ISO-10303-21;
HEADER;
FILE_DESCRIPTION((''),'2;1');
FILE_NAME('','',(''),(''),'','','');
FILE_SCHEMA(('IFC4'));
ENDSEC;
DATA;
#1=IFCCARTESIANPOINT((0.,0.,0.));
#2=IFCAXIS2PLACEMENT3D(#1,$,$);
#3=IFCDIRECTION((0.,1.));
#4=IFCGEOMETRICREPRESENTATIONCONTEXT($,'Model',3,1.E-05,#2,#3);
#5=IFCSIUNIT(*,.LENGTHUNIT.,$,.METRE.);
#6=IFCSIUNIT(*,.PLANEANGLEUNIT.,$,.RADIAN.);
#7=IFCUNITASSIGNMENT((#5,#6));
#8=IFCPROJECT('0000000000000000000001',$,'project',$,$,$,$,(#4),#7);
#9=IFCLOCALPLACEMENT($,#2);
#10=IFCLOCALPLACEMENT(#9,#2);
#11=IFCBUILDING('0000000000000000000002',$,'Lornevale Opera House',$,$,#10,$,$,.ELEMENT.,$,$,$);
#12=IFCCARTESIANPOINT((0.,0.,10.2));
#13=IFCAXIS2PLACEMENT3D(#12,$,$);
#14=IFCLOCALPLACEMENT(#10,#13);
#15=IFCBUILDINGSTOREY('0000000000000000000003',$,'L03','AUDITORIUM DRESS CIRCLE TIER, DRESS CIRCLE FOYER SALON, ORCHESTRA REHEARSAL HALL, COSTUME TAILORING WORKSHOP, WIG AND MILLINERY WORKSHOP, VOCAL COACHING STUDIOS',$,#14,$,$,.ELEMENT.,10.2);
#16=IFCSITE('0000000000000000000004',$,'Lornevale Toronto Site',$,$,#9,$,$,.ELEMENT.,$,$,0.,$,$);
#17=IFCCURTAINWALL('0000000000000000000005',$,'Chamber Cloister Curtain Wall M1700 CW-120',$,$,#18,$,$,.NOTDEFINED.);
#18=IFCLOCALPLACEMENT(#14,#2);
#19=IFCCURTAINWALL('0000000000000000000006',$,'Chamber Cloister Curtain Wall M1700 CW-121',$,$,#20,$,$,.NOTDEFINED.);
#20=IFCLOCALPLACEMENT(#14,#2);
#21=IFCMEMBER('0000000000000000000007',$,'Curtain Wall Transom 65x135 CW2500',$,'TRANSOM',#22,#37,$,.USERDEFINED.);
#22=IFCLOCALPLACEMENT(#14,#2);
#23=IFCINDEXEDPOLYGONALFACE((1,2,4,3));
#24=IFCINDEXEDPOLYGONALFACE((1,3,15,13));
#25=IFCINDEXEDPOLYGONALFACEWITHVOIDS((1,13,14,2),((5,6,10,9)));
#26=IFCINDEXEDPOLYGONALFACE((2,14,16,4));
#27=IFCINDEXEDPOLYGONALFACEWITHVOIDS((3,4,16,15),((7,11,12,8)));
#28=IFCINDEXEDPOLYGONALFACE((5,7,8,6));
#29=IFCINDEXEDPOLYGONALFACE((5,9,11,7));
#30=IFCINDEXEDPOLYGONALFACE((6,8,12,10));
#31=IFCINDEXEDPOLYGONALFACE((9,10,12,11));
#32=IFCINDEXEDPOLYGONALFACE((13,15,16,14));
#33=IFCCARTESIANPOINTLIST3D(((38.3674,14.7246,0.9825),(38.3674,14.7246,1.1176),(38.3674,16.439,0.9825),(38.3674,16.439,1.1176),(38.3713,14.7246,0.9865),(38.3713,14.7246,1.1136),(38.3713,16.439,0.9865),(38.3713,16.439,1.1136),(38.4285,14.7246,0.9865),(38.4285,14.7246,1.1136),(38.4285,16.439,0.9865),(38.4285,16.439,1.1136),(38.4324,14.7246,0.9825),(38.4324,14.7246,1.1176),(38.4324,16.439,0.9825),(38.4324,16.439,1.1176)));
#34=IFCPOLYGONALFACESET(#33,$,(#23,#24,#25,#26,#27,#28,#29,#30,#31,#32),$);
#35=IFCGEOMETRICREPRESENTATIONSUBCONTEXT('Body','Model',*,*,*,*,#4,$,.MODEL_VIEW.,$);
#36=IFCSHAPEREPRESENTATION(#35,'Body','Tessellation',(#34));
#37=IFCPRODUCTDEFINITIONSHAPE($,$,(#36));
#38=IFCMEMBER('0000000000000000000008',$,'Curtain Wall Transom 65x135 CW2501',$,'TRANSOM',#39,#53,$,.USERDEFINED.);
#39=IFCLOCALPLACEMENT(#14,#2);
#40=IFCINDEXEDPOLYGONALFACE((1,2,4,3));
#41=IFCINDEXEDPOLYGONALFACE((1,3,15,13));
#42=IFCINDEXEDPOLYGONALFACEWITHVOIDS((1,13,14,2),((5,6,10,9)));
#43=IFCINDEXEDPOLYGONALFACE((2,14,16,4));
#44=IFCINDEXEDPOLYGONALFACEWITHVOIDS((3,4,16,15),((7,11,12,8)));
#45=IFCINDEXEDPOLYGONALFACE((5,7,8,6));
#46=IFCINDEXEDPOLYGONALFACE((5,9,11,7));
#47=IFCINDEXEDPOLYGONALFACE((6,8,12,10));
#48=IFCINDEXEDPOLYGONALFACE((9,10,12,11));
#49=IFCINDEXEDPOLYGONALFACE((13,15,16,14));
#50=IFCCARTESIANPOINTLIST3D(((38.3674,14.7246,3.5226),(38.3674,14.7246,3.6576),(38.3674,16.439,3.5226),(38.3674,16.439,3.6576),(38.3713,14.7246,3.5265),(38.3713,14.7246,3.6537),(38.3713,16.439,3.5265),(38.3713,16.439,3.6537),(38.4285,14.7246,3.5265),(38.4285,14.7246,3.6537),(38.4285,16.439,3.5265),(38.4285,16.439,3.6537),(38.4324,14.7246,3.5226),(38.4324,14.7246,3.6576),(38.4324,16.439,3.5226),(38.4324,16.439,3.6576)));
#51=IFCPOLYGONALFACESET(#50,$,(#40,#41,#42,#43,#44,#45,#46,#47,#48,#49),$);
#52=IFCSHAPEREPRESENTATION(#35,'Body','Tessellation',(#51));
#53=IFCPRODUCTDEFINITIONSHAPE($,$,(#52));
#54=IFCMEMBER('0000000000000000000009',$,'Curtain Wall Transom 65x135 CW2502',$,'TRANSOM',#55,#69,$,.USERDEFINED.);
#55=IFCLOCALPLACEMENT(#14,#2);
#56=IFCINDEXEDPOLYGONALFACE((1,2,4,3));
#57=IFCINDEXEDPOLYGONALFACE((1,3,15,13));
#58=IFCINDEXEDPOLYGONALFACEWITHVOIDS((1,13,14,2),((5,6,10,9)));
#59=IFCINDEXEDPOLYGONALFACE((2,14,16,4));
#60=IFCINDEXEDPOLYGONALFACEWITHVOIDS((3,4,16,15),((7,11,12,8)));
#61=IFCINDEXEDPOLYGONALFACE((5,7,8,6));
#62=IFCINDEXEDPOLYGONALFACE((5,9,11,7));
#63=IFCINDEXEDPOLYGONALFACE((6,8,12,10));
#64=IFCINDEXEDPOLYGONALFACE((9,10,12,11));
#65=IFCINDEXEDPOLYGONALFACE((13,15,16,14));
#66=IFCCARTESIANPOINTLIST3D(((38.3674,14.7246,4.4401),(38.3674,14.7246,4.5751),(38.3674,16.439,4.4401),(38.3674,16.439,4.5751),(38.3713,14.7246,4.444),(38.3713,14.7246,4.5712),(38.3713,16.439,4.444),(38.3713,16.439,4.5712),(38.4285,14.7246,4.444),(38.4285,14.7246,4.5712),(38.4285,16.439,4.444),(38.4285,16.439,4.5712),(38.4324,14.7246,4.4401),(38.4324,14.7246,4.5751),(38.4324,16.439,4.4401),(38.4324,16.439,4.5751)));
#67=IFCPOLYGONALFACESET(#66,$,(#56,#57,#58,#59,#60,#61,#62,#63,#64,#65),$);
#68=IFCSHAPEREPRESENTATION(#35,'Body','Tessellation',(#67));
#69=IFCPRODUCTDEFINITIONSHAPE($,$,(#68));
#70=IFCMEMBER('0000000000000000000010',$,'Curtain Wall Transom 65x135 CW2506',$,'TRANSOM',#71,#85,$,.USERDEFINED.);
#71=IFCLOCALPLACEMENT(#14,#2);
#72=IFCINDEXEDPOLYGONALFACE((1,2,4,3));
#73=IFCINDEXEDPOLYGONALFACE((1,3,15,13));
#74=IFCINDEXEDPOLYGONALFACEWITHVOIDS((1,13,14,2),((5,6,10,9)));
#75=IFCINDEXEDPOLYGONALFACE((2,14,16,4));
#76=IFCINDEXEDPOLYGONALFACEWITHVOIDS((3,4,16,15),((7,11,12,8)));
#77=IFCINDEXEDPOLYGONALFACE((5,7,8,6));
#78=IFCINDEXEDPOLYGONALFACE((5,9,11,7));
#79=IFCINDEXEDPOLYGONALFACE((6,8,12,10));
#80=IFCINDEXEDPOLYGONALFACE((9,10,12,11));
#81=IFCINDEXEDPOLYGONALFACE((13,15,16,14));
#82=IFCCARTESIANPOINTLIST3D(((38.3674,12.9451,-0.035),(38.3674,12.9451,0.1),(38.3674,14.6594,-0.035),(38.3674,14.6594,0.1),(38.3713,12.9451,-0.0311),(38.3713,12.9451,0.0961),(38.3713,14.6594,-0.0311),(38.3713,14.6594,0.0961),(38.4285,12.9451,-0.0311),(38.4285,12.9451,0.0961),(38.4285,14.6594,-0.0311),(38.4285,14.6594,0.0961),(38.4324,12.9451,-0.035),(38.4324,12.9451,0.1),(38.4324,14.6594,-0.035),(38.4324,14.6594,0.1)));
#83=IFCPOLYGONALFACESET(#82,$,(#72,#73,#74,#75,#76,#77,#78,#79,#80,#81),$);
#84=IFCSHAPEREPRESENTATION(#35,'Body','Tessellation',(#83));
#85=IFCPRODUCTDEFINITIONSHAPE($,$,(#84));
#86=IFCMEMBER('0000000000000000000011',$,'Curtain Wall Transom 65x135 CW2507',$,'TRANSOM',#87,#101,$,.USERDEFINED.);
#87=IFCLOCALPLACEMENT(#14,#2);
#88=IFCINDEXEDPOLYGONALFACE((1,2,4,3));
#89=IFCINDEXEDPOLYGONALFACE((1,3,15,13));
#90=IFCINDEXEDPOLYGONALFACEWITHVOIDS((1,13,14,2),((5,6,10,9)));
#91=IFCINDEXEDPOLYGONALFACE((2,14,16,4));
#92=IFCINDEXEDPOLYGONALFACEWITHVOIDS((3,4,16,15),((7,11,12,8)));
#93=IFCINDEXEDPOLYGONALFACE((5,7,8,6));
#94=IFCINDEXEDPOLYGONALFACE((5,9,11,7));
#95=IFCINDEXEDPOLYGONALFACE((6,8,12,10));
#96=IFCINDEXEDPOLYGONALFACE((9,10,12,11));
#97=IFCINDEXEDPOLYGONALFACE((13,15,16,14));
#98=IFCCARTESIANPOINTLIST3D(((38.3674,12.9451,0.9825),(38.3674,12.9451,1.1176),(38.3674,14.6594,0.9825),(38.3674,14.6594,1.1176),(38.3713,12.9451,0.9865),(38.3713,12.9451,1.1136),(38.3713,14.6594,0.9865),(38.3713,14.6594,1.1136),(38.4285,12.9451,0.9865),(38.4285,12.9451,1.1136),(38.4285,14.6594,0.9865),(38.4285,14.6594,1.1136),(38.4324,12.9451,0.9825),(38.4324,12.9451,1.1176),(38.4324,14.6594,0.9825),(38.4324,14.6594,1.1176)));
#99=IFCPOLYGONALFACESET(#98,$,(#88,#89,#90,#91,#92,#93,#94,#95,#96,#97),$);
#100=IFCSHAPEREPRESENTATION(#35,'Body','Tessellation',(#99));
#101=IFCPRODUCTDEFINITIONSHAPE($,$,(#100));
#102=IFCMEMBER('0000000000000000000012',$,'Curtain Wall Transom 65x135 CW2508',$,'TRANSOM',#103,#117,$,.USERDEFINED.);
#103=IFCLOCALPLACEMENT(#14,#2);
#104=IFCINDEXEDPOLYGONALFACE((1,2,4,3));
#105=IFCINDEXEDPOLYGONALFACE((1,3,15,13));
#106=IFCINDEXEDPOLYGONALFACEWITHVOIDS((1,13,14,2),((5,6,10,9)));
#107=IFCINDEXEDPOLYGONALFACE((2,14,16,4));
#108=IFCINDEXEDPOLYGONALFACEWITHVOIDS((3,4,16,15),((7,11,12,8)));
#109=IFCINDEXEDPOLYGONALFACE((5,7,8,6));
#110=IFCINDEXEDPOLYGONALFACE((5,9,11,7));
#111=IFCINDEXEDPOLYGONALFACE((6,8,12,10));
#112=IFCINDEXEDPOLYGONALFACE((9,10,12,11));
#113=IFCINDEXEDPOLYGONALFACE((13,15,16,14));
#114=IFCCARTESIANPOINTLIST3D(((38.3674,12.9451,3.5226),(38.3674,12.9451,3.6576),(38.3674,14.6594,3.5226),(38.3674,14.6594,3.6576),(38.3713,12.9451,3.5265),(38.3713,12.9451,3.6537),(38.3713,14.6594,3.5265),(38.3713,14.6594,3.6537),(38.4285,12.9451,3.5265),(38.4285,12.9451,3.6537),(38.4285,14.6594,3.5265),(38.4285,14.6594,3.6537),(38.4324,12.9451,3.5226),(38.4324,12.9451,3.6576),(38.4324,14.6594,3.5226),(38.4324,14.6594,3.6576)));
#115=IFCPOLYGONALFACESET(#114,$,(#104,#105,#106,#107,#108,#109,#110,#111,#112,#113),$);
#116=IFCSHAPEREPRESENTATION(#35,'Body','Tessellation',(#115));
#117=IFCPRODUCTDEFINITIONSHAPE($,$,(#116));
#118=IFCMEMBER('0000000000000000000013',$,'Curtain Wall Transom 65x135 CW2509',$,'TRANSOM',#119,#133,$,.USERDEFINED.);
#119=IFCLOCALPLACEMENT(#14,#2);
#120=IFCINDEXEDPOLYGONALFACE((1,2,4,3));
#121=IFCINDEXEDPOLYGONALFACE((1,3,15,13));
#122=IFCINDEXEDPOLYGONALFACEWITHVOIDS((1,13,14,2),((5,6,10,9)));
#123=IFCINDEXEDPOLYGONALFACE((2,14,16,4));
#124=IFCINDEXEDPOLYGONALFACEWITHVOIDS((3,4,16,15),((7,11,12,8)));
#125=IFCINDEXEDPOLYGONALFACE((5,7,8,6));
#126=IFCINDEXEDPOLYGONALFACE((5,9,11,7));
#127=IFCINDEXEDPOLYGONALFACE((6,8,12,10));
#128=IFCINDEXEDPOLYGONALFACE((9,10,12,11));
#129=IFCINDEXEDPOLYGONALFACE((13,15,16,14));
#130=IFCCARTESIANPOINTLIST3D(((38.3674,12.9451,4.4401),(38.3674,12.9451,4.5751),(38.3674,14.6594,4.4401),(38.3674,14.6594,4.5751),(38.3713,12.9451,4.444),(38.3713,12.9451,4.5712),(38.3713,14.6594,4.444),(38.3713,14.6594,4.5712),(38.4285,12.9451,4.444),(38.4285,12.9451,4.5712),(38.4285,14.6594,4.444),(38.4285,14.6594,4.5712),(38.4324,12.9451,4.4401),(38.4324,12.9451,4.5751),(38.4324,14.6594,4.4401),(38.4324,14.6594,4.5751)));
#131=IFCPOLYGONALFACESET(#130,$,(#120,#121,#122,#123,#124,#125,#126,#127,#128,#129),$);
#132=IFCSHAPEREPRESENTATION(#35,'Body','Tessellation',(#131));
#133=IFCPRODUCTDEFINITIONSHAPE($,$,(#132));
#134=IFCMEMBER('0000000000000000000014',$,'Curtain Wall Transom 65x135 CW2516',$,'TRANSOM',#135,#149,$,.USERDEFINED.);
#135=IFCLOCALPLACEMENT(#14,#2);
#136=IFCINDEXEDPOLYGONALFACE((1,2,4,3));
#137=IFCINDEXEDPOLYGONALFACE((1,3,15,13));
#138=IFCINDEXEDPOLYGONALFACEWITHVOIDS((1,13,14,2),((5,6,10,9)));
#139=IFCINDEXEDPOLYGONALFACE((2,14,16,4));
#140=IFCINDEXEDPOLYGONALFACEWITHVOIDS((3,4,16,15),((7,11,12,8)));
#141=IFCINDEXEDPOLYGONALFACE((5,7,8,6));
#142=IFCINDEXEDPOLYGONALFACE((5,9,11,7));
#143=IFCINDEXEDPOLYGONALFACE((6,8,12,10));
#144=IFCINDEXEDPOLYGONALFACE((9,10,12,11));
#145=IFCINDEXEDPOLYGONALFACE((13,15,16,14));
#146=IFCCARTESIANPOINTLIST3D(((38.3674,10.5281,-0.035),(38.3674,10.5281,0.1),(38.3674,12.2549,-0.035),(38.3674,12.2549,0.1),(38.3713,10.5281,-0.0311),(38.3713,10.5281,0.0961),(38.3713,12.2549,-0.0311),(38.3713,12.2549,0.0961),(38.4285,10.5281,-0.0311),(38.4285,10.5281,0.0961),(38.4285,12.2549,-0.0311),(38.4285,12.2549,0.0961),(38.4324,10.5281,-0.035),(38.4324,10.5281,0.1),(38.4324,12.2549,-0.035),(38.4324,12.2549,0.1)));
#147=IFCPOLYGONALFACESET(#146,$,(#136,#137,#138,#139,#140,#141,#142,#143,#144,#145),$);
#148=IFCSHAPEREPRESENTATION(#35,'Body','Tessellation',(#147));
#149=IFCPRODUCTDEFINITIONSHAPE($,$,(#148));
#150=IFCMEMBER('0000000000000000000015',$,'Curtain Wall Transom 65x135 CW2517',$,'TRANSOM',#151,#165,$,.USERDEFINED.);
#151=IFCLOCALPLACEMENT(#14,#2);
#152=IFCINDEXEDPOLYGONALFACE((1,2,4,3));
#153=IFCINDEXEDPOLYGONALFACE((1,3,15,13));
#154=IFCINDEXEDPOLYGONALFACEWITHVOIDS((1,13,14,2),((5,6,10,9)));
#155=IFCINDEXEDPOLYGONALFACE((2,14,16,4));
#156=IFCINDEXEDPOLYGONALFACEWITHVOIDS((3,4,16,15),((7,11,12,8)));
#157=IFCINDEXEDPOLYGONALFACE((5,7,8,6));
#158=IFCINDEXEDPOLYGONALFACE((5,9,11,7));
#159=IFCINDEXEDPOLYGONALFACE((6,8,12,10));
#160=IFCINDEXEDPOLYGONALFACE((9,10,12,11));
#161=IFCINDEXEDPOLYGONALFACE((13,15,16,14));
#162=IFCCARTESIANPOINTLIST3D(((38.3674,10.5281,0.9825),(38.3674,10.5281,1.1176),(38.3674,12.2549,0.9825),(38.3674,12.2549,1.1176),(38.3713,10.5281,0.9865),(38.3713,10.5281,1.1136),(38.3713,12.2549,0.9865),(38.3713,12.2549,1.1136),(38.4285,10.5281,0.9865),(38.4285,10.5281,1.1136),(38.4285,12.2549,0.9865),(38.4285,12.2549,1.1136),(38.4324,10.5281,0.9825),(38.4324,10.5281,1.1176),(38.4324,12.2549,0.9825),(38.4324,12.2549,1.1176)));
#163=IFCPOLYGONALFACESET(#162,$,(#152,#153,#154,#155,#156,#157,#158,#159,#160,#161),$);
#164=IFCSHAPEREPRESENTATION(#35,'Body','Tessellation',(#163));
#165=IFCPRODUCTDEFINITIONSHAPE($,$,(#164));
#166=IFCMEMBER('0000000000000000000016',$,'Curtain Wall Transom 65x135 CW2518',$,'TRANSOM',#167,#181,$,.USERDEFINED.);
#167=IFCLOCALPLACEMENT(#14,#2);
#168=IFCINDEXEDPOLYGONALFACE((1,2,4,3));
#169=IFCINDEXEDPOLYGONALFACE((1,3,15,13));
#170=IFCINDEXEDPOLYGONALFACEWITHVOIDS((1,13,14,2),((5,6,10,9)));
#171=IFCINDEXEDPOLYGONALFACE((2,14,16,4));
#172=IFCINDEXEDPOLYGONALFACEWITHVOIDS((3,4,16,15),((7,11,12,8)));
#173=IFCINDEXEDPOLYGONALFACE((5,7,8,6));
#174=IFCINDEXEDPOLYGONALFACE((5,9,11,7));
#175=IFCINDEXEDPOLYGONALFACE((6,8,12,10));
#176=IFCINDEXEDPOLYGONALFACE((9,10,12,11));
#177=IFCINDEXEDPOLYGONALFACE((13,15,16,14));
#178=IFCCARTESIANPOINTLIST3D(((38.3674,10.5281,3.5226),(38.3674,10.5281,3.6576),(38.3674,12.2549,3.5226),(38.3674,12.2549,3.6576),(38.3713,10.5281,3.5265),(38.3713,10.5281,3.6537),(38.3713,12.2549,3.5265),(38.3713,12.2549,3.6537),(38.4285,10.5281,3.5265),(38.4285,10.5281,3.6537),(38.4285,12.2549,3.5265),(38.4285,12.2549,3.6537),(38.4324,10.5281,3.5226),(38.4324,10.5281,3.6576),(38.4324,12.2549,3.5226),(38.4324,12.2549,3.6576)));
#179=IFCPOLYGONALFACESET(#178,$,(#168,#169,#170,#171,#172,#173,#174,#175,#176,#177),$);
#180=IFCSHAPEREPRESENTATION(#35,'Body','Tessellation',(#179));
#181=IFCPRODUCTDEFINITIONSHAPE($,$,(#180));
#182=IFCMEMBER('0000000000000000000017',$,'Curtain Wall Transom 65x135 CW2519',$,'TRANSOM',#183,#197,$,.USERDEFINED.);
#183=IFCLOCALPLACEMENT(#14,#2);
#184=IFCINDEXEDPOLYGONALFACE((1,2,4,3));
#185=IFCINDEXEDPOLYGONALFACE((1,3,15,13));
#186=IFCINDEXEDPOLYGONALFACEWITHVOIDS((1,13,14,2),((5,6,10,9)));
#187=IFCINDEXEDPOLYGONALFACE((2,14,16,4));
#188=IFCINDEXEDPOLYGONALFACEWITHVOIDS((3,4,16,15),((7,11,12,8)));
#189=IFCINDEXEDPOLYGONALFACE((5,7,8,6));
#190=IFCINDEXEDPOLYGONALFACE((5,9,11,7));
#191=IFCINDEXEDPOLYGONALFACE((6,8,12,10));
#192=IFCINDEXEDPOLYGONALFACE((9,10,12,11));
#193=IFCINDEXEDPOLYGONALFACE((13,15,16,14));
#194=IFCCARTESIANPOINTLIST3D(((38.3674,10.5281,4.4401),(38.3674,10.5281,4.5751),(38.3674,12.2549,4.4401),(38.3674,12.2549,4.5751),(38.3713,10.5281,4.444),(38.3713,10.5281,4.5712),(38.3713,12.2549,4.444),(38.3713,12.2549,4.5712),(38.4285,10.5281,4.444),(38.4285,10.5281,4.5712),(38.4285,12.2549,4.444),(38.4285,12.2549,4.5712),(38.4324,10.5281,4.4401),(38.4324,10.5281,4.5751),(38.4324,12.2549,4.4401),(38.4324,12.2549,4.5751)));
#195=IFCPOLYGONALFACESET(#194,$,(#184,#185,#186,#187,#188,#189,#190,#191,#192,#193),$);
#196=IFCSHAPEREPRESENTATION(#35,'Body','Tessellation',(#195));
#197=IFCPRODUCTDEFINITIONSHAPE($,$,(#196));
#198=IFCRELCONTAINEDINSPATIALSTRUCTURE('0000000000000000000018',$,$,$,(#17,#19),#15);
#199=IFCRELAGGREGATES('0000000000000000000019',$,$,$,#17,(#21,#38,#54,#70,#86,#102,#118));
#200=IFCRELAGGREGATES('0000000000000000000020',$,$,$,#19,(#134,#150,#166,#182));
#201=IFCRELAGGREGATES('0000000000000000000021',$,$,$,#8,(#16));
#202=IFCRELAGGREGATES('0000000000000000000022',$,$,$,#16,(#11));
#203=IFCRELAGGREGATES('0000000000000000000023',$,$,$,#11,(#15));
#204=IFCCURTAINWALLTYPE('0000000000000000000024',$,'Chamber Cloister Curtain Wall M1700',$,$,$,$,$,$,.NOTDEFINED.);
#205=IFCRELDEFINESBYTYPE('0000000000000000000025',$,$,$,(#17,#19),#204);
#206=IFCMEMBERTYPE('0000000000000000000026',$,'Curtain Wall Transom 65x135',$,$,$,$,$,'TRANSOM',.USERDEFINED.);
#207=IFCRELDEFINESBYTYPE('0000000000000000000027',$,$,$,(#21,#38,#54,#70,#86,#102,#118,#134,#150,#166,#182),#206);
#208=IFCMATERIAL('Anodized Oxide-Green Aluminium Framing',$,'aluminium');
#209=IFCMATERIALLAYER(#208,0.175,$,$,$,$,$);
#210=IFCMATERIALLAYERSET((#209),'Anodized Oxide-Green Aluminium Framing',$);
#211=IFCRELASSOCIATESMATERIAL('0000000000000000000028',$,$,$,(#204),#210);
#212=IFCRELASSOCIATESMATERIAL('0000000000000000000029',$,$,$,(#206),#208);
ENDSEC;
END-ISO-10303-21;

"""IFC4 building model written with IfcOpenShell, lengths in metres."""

from ifc_helpers import new_model, si_unit, direction, frame, origin, origin_2d, place, context, subcontext, project, spatial, hollow_rectangle, extrude, material, layer, layer_set, material_profile, profile_set, type_object, element, aggregate, save


model = new_model("IFC4")

# Units and contexts
model_context = context("Model", 3, precision=1e-05, world=origin(), true_north=direction((0.0, 1.0)))
body_context = subcontext(model_context, "Body", "Model", "MODEL_VIEW")
ifc_project = project(units=[si_unit("LENGTHUNIT", "METRE"), si_unit("PLANEANGLEUNIT", "RADIAN")], contexts=[model_context])

# Site, building, storey
site_placement = place(None, origin())
site = spatial("IfcSite", under=ifc_project, at=site_placement, Name="Lornevale Toronto Site", CompositionType="ELEMENT", RefElevation=0.0)
building_placement = place(site_placement, origin())
building = spatial("IfcBuilding", under=site, at=building_placement, Name="Lornevale Opera House", CompositionType="ELEMENT")
storey_placement = place(building_placement, frame((0.0, 0.0, 10.2)))
storey = spatial("IfcBuildingStorey", under=building, at=storey_placement, Name="L03", Description="AUDITORIUM DRESS CIRCLE TIER, DRESS CIRCLE FOYER SALON, ORCHESTRA REHEARSAL HALL, COSTUME TAILORING WORKSHOP, WIG AND MILLINERY WORKSHOP, VOCAL COACHING STUDIOS", CompositionType="ELEMENT", Elevation=10.2)

# Curtain walls
ifc_material_1 = material(Name="Anodized Oxide-Green Aluminium Framing", Category="aluminium")
ifc_layer_1 = layer(ifc_material_1, 0.175)
ifc_layer_set_1 = layer_set([ifc_layer_1], Name="Anodized Oxide-Green Aluminium Framing")
curtain_wall_type = type_object("IfcCurtainWallType", Name="Chamber Cloister Curtain Wall M1700", PredefinedType="NOTDEFINED", material=ifc_layer_set_1)
curtain_wall_1_placement = place(storey_placement, origin())
curtain_wall_1 = element("IfcCurtainWall", 1, at=curtain_wall_1_placement, inside=storey, type_object=curtain_wall_type, Name="Chamber Cloister Curtain Wall M1700 CW-120", PredefinedType="NOTDEFINED")
curtain_wall_2_placement = place(storey_placement, origin())
curtain_wall_2 = element("IfcCurtainWall", 2, at=curtain_wall_2_placement, inside=storey, type_object=curtain_wall_type, Name="Chamber Cloister Curtain Wall M1700 CW-121", PredefinedType="NOTDEFINED")

# Members
ifc_material_profile_1 = material_profile(ifc_material_1, hollow_rectangle(XDim=0.0649, YDim=0.135, WallThickness=0.0039, at=origin_2d()), Name="ALU65x135x4")
ifc_profile_set_1 = profile_set([ifc_material_profile_1], Name="Anodized Oxide-Green Aluminium Framing")
member_type_1 = type_object("IfcMemberType", Name="Curtain Wall Transom 65x135", ElementType="TRANSOM", PredefinedType="USERDEFINED", material=ifc_profile_set_1)
member_1_placement = place(storey_placement, frame((38.3999, 16.439, 1.05), z_axis=(0.0, -1.0, 0.0), x_axis=(1.0, 0.0, 0.0)))
member_1 = element("IfcMember", 3, at=member_1_placement, type_object=member_type_1, Name="Curtain Wall Transom 65x135 CW2500", ObjectType="TRANSOM", PredefinedType="USERDEFINED", context=body_context, shape_type="SweptSolid", body=[
    extrude(hollow_rectangle(XDim=0.0649, YDim=0.135, WallThickness=0.0039, at=origin_2d()), origin(), (0.0, 0.0, 1.0), 1.7144),
])
member_2_placement = place(storey_placement, frame((38.3999, 16.439, 3.5901), z_axis=(0.0, -1.0, 0.0), x_axis=(1.0, 0.0, 0.0)))
member_2 = element("IfcMember", 4, at=member_2_placement, type_object=member_type_1, Name="Curtain Wall Transom 65x135 CW2501", ObjectType="TRANSOM", PredefinedType="USERDEFINED", context=body_context, shape_type="SweptSolid", body=[
    extrude(hollow_rectangle(XDim=0.0649, YDim=0.135, WallThickness=0.0039, at=origin_2d()), origin(), (0.0, 0.0, 1.0), 1.7144),
])
member_3_placement = place(storey_placement, frame((38.3999, 16.439, 4.5076), z_axis=(0.0, -1.0, 0.0), x_axis=(1.0, 0.0, 0.0)))
member_3 = element("IfcMember", 5, at=member_3_placement, type_object=member_type_1, Name="Curtain Wall Transom 65x135 CW2502", ObjectType="TRANSOM", PredefinedType="USERDEFINED", context=body_context, shape_type="SweptSolid", body=[
    extrude(hollow_rectangle(XDim=0.0649, YDim=0.135, WallThickness=0.0039, at=origin_2d()), origin(), (0.0, 0.0, 1.0), 1.7144),
])
member_4_placement = place(storey_placement, frame((38.3999, 14.6594, 0.0325), z_axis=(0.0, -1.0, 0.0), x_axis=(1.0, 0.0, 0.0)))
member_4 = element("IfcMember", 6, at=member_4_placement, type_object=member_type_1, Name="Curtain Wall Transom 65x135 CW2506", ObjectType="TRANSOM", PredefinedType="USERDEFINED", context=body_context, shape_type="SweptSolid", body=[
    extrude(hollow_rectangle(XDim=0.0649, YDim=0.135, WallThickness=0.0039, at=origin_2d()), origin(), (0.0, 0.0, 1.0), 1.7144),
])
member_5_placement = place(storey_placement, frame((38.3999, 14.6594, 1.05), z_axis=(0.0, -1.0, 0.0), x_axis=(1.0, 0.0, 0.0)))
member_5 = element("IfcMember", 7, at=member_5_placement, type_object=member_type_1, Name="Curtain Wall Transom 65x135 CW2507", ObjectType="TRANSOM", PredefinedType="USERDEFINED", context=body_context, shape_type="SweptSolid", body=[
    extrude(hollow_rectangle(XDim=0.0649, YDim=0.135, WallThickness=0.0039, at=origin_2d()), origin(), (0.0, 0.0, 1.0), 1.7144),
])
member_6_placement = place(storey_placement, frame((38.3999, 14.6594, 3.5901), z_axis=(0.0, -1.0, 0.0), x_axis=(1.0, 0.0, 0.0)))
member_6 = element("IfcMember", 8, at=member_6_placement, type_object=member_type_1, Name="Curtain Wall Transom 65x135 CW2508", ObjectType="TRANSOM", PredefinedType="USERDEFINED", context=body_context, shape_type="SweptSolid", body=[
    extrude(hollow_rectangle(XDim=0.0649, YDim=0.135, WallThickness=0.0039, at=origin_2d()), origin(), (0.0, 0.0, 1.0), 1.7144),
])
member_7_placement = place(storey_placement, frame((38.3999, 14.6594, 4.5076), z_axis=(0.0, -1.0, 0.0), x_axis=(1.0, 0.0, 0.0)))
member_7 = element("IfcMember", 9, at=member_7_placement, type_object=member_type_1, Name="Curtain Wall Transom 65x135 CW2509", ObjectType="TRANSOM", PredefinedType="USERDEFINED", context=body_context, shape_type="SweptSolid", body=[
    extrude(hollow_rectangle(XDim=0.0649, YDim=0.135, WallThickness=0.0039, at=origin_2d()), origin(), (0.0, 0.0, 1.0), 1.7144),
])
member_8_placement = place(storey_placement, frame((38.3999, 12.2549, 0.0325), z_axis=(0.0, -1.0, 0.0), x_axis=(1.0, 0.0, 0.0)))
member_8 = element("IfcMember", 10, at=member_8_placement, type_object=member_type_1, Name="Curtain Wall Transom 65x135 CW2516", ObjectType="TRANSOM", PredefinedType="USERDEFINED", context=body_context, shape_type="SweptSolid", body=[
    extrude(hollow_rectangle(XDim=0.0649, YDim=0.135, WallThickness=0.0039, at=origin_2d()), origin(), (0.0, 0.0, 1.0), 1.7268),
])
member_9_placement = place(storey_placement, frame((38.3999, 12.2549, 1.05), z_axis=(0.0, -1.0, 0.0), x_axis=(1.0, 0.0, 0.0)))
member_9 = element("IfcMember", 11, at=member_9_placement, type_object=member_type_1, Name="Curtain Wall Transom 65x135 CW2517", ObjectType="TRANSOM", PredefinedType="USERDEFINED", context=body_context, shape_type="SweptSolid", body=[
    extrude(hollow_rectangle(XDim=0.0649, YDim=0.135, WallThickness=0.0039, at=origin_2d()), origin(), (0.0, 0.0, 1.0), 1.7268),
])
member_10_placement = place(storey_placement, frame((38.3999, 12.2549, 3.5901), z_axis=(0.0, -1.0, 0.0), x_axis=(1.0, 0.0, 0.0)))
member_10 = element("IfcMember", 12, at=member_10_placement, type_object=member_type_1, Name="Curtain Wall Transom 65x135 CW2518", ObjectType="TRANSOM", PredefinedType="USERDEFINED", context=body_context, shape_type="SweptSolid", body=[
    extrude(hollow_rectangle(XDim=0.0649, YDim=0.135, WallThickness=0.0039, at=origin_2d()), origin(), (0.0, 0.0, 1.0), 1.7268),
])
member_11_placement = place(storey_placement, frame((38.3999, 12.2549, 4.5076), z_axis=(0.0, -1.0, 0.0), x_axis=(1.0, 0.0, 0.0)))
member_11 = element("IfcMember", 13, at=member_11_placement, type_object=member_type_1, Name="Curtain Wall Transom 65x135 CW2519", ObjectType="TRANSOM", PredefinedType="USERDEFINED", context=body_context, shape_type="SweptSolid", body=[
    extrude(hollow_rectangle(XDim=0.0649, YDim=0.135, WallThickness=0.0039, at=origin_2d()), origin(), (0.0, 0.0, 1.0), 1.7268),
])

aggregate(curtain_wall_1, [member_1, member_2, member_3, member_4, member_5, member_6, member_7])
aggregate(curtain_wall_2, [member_8, member_9, member_10, member_11])

save(model, "model.ifc")
